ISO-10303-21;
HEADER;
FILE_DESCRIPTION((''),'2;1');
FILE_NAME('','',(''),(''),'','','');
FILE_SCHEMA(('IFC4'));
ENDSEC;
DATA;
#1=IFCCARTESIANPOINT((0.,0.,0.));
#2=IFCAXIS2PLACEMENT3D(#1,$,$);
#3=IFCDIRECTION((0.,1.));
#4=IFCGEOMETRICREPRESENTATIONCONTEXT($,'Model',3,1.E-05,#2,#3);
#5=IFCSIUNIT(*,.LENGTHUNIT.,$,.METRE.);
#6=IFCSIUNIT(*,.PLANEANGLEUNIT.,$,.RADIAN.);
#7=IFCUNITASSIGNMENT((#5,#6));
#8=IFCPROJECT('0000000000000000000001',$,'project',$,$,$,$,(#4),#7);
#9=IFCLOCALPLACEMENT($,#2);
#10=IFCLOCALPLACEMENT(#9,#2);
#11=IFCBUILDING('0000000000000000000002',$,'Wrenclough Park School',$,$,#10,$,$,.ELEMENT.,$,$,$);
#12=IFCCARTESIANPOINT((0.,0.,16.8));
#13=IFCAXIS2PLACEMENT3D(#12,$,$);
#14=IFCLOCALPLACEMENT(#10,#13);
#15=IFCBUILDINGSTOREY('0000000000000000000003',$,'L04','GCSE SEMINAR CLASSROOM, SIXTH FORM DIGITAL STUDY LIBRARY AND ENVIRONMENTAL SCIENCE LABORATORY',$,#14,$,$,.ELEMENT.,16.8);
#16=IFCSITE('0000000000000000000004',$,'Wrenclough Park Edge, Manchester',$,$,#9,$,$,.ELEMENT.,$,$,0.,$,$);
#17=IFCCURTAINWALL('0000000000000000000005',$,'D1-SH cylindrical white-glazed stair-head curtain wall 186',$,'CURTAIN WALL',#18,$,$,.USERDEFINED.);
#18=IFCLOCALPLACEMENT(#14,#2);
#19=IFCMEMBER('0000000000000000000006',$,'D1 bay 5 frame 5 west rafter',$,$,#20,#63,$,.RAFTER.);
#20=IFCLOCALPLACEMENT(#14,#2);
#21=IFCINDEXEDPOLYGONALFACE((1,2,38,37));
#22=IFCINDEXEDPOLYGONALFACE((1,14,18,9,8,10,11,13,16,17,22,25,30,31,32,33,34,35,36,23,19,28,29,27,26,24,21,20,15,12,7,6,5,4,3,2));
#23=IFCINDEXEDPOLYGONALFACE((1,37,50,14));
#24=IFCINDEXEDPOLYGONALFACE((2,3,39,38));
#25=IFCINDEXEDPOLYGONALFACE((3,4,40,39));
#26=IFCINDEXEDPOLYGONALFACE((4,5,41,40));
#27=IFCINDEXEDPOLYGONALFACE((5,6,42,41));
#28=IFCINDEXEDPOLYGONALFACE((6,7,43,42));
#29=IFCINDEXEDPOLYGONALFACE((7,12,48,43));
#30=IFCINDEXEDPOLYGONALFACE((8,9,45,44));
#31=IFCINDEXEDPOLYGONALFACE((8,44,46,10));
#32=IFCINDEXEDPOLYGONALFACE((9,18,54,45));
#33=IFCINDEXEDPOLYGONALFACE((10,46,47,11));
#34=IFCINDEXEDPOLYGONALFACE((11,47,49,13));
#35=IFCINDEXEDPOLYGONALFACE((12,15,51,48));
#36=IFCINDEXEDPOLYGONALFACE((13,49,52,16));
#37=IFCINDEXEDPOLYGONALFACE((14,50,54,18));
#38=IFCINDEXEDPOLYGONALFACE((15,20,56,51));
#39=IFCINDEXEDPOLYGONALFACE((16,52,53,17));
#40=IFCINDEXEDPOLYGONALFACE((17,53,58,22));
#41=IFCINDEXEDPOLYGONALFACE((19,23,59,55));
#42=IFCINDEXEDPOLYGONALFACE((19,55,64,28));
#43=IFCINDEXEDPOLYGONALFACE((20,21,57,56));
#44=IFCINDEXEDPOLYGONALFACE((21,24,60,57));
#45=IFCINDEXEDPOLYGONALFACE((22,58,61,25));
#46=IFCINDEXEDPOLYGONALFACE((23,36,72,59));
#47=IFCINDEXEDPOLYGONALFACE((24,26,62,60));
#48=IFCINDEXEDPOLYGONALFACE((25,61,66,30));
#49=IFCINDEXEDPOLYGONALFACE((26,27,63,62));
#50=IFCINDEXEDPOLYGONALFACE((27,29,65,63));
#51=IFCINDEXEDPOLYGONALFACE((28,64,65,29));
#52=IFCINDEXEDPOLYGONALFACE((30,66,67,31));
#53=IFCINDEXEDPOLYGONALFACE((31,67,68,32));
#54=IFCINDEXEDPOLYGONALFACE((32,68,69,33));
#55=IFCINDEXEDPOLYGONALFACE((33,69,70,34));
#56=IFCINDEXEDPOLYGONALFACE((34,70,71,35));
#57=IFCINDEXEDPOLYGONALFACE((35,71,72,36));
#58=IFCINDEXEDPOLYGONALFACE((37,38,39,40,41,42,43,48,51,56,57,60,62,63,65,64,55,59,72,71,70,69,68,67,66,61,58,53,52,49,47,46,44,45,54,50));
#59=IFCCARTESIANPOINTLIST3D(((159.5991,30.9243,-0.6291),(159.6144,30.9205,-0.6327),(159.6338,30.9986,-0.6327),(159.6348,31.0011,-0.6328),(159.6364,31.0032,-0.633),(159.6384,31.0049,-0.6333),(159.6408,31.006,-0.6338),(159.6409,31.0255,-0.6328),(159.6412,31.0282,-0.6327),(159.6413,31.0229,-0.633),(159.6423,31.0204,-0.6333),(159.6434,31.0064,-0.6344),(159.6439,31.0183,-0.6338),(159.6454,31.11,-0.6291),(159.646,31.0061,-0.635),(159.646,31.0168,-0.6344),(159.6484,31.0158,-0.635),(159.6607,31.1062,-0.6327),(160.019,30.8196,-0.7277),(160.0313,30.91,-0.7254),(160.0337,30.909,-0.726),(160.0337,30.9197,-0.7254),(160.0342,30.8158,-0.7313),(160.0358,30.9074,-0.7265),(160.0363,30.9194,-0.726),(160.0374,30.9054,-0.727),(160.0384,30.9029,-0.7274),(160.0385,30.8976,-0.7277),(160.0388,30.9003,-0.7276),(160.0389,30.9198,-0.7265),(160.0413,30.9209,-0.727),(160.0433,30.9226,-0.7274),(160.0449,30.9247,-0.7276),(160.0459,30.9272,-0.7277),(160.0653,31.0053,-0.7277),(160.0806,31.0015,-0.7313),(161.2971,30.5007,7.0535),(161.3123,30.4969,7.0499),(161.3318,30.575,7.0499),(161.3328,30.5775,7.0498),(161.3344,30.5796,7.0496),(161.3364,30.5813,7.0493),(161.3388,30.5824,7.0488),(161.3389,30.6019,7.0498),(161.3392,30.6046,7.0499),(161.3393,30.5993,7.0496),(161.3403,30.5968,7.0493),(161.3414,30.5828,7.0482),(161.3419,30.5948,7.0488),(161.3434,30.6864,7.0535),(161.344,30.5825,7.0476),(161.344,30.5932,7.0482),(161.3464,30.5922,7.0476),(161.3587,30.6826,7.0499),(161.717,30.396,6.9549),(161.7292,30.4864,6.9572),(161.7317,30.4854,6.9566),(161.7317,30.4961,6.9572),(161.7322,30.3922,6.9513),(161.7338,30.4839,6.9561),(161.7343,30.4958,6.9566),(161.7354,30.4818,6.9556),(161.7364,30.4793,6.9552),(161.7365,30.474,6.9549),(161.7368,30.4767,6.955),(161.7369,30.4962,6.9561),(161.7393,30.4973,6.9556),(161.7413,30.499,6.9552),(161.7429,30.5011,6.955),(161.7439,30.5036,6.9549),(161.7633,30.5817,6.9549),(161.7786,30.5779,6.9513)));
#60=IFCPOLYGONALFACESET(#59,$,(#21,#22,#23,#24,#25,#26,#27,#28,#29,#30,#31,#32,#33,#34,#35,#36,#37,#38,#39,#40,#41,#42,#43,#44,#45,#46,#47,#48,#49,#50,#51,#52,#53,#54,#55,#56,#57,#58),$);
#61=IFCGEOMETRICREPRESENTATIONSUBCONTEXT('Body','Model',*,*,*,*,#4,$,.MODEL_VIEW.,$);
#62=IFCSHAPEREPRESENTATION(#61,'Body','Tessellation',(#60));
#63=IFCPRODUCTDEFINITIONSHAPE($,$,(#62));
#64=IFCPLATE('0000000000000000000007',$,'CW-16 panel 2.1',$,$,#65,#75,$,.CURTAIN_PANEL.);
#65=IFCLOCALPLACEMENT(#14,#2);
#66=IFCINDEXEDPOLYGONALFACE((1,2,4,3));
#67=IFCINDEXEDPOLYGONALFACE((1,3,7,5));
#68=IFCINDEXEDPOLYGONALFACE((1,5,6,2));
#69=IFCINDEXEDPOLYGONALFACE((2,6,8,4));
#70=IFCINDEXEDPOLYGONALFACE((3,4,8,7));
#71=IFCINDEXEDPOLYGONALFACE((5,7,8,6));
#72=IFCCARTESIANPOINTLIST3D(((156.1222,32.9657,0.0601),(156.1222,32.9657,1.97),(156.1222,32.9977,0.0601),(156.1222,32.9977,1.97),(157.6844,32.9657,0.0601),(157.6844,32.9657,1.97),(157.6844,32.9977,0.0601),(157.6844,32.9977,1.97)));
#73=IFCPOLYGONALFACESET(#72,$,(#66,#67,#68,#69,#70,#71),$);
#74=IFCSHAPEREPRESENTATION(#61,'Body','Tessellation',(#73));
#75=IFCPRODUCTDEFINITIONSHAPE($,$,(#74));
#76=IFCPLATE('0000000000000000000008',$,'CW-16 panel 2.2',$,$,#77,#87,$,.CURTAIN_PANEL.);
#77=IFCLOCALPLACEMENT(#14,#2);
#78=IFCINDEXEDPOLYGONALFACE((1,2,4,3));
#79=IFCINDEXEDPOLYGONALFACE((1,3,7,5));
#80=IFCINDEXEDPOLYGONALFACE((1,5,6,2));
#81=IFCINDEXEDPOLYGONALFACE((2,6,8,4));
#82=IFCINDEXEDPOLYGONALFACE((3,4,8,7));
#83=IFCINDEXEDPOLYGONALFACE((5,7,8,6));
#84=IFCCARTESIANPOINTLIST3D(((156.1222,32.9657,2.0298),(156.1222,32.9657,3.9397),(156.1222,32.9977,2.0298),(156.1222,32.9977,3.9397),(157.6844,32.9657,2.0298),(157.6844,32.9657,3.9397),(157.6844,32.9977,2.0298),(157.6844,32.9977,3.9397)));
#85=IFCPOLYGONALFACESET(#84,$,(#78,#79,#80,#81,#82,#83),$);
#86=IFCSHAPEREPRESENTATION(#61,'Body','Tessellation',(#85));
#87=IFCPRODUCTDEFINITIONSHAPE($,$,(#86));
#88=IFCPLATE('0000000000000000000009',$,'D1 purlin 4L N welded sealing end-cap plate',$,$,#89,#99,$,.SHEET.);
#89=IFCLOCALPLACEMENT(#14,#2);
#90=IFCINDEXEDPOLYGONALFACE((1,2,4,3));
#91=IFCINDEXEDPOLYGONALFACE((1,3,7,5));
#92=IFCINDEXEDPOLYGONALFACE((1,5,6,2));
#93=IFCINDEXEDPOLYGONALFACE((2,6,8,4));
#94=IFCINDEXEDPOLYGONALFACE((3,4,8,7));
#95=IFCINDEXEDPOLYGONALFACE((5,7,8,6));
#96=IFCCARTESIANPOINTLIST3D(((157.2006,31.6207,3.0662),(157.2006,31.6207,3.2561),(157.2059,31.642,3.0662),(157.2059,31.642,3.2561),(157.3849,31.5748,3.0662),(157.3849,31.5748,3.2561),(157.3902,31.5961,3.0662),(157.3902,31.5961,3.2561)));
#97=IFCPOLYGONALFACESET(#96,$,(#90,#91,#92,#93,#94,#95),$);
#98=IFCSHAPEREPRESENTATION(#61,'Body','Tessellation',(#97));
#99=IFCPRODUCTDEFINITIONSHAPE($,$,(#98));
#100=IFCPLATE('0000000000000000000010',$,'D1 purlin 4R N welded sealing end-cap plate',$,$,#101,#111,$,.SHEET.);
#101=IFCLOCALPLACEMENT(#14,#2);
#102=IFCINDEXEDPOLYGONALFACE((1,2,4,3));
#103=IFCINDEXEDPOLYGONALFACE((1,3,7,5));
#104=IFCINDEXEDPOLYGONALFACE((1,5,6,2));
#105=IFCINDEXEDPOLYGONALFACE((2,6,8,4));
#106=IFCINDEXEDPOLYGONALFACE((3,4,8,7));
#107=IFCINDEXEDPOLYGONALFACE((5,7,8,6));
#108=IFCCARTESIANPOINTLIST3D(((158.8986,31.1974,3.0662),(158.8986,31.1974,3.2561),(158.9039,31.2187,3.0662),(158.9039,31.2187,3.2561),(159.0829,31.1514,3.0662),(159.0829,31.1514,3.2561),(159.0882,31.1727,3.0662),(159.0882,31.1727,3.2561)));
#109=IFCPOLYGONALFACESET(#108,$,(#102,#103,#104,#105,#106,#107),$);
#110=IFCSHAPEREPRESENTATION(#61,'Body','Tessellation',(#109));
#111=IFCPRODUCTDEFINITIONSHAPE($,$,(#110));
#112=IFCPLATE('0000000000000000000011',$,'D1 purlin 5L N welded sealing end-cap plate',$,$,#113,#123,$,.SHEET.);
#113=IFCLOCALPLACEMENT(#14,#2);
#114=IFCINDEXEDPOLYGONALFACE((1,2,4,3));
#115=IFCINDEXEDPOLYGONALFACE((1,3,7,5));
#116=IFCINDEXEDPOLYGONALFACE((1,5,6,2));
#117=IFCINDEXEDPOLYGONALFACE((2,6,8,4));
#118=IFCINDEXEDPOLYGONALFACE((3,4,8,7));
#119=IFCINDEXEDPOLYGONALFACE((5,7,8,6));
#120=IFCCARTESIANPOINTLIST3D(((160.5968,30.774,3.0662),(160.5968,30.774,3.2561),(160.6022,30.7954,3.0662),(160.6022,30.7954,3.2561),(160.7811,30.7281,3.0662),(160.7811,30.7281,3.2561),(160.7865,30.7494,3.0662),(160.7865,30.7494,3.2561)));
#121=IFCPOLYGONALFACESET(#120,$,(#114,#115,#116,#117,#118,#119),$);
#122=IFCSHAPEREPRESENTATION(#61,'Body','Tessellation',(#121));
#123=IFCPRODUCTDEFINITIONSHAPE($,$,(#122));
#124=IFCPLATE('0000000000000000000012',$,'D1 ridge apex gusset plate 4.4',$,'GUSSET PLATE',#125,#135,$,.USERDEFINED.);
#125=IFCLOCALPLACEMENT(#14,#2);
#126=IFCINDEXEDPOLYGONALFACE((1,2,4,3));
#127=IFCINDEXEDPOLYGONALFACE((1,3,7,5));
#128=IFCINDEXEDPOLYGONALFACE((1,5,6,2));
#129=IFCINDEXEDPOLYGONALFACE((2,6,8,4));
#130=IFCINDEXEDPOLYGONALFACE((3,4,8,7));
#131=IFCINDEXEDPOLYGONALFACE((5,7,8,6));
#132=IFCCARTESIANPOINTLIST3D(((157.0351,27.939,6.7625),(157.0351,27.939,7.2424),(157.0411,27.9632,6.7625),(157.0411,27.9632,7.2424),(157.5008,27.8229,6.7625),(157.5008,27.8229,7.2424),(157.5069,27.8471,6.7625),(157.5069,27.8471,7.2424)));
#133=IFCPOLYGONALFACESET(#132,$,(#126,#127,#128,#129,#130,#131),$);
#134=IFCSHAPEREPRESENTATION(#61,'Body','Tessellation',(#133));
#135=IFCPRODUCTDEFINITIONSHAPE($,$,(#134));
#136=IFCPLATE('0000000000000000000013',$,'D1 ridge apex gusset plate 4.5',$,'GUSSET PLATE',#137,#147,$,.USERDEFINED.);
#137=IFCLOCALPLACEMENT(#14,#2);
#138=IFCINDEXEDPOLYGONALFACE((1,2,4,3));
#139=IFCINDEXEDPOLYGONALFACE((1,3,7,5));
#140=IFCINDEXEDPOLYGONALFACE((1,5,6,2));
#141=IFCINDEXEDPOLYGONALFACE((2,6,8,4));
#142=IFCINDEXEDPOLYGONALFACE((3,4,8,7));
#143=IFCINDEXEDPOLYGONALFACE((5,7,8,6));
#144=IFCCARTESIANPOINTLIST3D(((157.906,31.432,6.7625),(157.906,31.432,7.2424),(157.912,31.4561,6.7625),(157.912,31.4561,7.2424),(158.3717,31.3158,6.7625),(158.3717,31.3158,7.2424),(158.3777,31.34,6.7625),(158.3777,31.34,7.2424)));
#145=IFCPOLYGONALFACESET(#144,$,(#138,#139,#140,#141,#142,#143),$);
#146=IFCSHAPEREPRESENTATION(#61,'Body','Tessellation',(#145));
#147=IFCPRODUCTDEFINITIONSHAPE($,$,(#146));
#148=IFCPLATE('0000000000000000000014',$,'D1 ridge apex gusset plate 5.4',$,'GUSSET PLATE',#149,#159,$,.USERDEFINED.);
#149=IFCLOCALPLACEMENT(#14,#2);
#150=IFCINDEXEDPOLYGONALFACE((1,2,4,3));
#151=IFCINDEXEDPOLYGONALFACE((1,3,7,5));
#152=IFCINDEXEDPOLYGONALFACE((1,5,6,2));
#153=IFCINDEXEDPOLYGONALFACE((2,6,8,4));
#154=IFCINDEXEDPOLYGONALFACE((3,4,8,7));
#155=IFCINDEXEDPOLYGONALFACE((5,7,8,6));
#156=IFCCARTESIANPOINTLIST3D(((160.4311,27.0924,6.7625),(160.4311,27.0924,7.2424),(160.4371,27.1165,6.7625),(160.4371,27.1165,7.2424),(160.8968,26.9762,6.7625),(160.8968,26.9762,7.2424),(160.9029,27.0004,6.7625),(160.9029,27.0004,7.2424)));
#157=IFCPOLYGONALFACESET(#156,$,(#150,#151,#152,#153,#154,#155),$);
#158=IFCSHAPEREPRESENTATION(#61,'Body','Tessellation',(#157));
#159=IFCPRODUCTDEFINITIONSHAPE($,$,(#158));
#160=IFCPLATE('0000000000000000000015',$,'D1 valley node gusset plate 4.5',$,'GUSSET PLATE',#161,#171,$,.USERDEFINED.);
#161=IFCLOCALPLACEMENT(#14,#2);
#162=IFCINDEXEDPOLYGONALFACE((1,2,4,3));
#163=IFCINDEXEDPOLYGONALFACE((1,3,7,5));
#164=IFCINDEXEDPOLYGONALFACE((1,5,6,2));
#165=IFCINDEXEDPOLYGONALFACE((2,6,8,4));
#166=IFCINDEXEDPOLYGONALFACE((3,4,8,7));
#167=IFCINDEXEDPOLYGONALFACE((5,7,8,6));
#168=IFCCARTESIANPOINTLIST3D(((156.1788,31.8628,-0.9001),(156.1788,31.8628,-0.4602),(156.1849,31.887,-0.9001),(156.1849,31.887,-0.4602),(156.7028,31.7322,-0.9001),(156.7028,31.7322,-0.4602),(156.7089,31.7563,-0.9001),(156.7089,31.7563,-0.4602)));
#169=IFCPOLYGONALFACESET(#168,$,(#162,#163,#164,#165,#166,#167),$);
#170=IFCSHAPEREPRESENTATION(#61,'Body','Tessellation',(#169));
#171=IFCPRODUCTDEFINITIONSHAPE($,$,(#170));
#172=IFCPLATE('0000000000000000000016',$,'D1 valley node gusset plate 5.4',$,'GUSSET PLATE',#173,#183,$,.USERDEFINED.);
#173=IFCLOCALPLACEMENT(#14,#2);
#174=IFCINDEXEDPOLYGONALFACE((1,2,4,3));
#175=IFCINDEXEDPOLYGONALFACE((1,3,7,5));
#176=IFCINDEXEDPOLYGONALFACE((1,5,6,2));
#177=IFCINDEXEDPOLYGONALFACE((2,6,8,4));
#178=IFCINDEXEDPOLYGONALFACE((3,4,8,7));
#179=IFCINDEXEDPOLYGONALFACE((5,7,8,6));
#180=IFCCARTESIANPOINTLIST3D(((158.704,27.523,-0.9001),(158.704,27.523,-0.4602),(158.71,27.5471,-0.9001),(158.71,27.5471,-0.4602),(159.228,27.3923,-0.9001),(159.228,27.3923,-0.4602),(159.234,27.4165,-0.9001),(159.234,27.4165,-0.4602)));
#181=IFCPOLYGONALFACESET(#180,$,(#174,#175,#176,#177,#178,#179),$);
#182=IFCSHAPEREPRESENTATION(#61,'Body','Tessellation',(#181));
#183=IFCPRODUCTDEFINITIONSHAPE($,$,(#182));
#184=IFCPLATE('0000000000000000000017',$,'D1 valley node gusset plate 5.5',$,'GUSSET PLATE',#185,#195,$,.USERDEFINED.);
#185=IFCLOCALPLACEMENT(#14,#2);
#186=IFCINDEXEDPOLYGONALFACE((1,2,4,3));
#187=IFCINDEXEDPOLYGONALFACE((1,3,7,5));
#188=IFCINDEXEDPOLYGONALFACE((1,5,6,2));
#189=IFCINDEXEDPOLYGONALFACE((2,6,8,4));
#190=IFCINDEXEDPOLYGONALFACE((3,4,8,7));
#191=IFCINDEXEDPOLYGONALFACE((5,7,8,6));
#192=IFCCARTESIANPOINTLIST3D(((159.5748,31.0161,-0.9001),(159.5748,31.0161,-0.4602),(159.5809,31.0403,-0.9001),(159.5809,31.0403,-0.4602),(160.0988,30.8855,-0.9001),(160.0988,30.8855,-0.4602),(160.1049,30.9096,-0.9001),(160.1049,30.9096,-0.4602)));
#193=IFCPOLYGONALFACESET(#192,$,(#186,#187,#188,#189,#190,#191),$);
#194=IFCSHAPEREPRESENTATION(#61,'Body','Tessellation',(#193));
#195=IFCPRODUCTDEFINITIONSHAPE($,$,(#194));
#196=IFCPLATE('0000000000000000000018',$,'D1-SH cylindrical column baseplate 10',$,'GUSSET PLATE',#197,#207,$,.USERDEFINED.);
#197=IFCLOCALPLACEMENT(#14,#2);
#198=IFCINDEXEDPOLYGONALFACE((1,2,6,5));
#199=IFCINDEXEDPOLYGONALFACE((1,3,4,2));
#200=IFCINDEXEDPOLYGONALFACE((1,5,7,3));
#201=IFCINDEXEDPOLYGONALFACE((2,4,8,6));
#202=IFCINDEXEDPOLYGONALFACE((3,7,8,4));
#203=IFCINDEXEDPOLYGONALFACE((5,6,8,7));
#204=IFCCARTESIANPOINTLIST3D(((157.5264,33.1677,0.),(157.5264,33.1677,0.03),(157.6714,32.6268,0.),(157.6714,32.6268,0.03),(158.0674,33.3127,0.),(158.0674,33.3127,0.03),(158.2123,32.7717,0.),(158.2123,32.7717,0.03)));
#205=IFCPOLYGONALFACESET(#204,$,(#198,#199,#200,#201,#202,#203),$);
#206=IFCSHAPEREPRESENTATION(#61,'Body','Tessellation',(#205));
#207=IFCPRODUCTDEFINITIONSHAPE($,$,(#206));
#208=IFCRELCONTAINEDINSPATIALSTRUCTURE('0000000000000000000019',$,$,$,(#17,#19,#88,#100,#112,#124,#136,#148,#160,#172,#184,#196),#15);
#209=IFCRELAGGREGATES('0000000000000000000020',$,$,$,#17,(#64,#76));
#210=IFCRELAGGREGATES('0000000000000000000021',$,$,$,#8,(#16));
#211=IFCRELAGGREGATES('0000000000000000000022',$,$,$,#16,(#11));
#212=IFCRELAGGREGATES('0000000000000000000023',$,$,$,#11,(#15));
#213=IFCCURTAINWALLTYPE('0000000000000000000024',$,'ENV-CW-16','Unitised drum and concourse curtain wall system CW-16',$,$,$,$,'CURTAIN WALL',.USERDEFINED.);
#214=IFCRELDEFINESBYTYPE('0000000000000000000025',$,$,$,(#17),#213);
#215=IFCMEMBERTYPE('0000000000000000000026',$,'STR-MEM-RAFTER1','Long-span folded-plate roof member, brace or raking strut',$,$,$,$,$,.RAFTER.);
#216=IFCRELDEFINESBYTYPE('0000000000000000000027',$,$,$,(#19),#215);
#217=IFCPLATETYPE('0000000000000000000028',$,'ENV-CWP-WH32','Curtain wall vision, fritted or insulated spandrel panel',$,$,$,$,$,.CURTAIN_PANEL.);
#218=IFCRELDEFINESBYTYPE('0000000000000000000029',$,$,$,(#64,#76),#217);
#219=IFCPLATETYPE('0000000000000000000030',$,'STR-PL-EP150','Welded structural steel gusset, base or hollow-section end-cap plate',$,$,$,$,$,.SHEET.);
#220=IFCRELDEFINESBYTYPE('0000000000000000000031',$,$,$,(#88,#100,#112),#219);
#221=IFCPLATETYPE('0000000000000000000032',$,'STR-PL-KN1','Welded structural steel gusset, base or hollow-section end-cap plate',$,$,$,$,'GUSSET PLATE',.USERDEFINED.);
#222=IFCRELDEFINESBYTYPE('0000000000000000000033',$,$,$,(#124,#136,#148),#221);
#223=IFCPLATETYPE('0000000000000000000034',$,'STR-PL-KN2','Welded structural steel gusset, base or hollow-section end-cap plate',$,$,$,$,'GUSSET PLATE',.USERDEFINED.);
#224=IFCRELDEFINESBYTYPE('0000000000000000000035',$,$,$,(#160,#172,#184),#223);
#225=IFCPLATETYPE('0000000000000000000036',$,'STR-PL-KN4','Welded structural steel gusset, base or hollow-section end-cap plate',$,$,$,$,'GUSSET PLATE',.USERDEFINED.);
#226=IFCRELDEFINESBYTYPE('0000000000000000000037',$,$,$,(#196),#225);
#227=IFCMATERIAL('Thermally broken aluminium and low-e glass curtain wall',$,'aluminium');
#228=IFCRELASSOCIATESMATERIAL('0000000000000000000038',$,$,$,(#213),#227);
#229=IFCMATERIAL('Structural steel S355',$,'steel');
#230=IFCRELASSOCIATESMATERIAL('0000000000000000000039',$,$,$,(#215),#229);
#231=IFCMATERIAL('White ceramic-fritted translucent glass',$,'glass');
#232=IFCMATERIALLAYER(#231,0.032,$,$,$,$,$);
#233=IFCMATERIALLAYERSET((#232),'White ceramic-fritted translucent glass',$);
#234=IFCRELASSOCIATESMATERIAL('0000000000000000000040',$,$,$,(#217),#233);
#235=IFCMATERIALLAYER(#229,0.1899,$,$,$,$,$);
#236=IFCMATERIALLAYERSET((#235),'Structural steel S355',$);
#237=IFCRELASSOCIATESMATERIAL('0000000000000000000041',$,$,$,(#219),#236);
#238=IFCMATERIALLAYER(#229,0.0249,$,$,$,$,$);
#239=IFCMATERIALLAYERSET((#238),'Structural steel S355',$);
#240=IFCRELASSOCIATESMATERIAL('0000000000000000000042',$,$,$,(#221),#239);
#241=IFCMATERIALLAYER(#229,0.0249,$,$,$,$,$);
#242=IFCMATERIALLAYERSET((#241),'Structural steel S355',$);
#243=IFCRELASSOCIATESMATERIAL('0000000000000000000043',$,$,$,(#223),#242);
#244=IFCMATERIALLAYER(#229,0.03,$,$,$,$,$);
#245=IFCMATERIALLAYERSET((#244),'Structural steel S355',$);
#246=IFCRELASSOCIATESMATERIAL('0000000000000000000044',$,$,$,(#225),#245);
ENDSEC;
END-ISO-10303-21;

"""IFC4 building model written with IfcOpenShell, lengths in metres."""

from ifc_helpers import new_model, si_unit, direction, frame, origin, origin_2d, place, context, subcontext, project, spatial, rectangle, i_section, extrude, material, layer, layer_set, material_profile, profile_set, type_object, element, aggregate, save


model = new_model("IFC4")

# Units and contexts
model_context = context("Model", 3, precision=1e-05, world=origin(), true_north=direction((0.0, 1.0)))
body_context = subcontext(model_context, "Body", "Model", "MODEL_VIEW")
ifc_project = project(units=[si_unit("LENGTHUNIT", "METRE"), si_unit("PLANEANGLEUNIT", "RADIAN")], contexts=[model_context])

# Site, building, storey
site_placement = place(None, origin())
site = spatial("IfcSite", under=ifc_project, at=site_placement, Name="Wrenclough Park Edge, Manchester", CompositionType="ELEMENT", RefElevation=0.0)
building_placement = place(site_placement, origin())
building = spatial("IfcBuilding", under=site, at=building_placement, Name="Wrenclough Park School", CompositionType="ELEMENT")
storey_placement = place(building_placement, frame((0.0, 0.0, 16.8)))
storey = spatial("IfcBuildingStorey", under=building, at=storey_placement, Name="L04", Description="GCSE SEMINAR CLASSROOM, SIXTH FORM DIGITAL STUDY LIBRARY AND ENVIRONMENTAL SCIENCE LABORATORY", CompositionType="ELEMENT", Elevation=16.8)

# Shared definitions
ifc_material_1 = material(Name="Structural steel S355", Category="steel")

# Curtain wall
ifc_material_2 = material(Name="Thermally broken aluminium and low-e glass curtain wall", Category="aluminium")
curtain_wall_type = type_object("IfcCurtainWallType", Name="ENV-CW-16", Description="Unitised drum and concourse curtain wall system CW-16", ElementType="CURTAIN WALL", PredefinedType="USERDEFINED", material=ifc_material_2)
curtain_wall_placement = place(storey_placement, origin())
curtain_wall = element("IfcCurtainWall", 1, at=curtain_wall_placement, inside=storey, type_object=curtain_wall_type, Name="D1-SH cylindrical white-glazed stair-head curtain wall 186", ObjectType="CURTAIN WALL", PredefinedType="USERDEFINED")

# Member
ifc_material_profile_1 = material_profile(ifc_material_1, i_section(OverallWidth=0.1914, OverallDepth=0.46, WebThickness=0.01, FlangeThickness=0.0161, FilletRadius=0.0103, at=origin_2d()), Name="UKB 457x191x82")
ifc_profile_set_1 = profile_set([ifc_material_profile_1], Name="Structural steel S355")
member_type_1 = type_object("IfcMemberType", Name="STR-MEM-RAFTER1", Description="Long-span folded-plate roof member, brace or raking strut", PredefinedType="RAFTER", material=ifc_profile_set_1)
for number, where, z_axis, x_axis, name in (
    (2, (159.8398, 30.9629, -0.6802), (0.215498, -0.053758, 0.975023), (0.242043, 0.970265, 0.0), "D1 bay 5 frame 5 west rafter"),
):
    element("IfcMember", number, at=place(storey_placement, frame(where, z_axis=z_axis, x_axis=x_axis)), inside=storey, type_object=member_type_1, Name=name, PredefinedType="RAFTER", context=body_context, shape_type="SweptSolid", body=[
        extrude(i_section(OverallWidth=0.1914, OverallDepth=0.46, WebThickness=0.01, FlangeThickness=0.0161, FilletRadius=0.0103, at=origin_2d()), origin(), (0.0, 0.0, 1.0), 7.8794),
    ])

# Plates
ifc_material_3 = material(Name="White ceramic-fritted translucent glass", Category="glass")
ifc_layer_1 = layer(ifc_material_3, 0.032)
ifc_layer_set_1 = layer_set([ifc_layer_1], Name="White ceramic-fritted translucent glass")
plate_type_1 = type_object("IfcPlateType", Name="ENV-CWP-WH32", Description="Curtain wall vision, fritted or insulated spandrel panel", PredefinedType="CURTAIN_PANEL", material=ifc_layer_set_1)
plate_1_placement = place(storey_placement, frame((156.9033, 32.9817, 0.0601), z_axis=(0.0, 0.0, 1.0), x_axis=(1.0, 0.0, 0.0)))
plate_1 = element("IfcPlate", 3, at=plate_1_placement, type_object=plate_type_1, Name="CW-16 panel 2.1", PredefinedType="CURTAIN_PANEL", context=body_context, shape_type="SweptSolid", body=[
    extrude(rectangle(XDim=1.5623, YDim=0.032, at=origin_2d()), origin(), (0.0, 0.0, 1.0), 1.9099),
])
plate_2_placement = place(storey_placement, frame((156.9033, 32.9817, 2.0298), z_axis=(0.0, 0.0, 1.0), x_axis=(1.0, 0.0, 0.0)))
plate_2 = element("IfcPlate", 4, at=plate_2_placement, type_object=plate_type_1, Name="CW-16 panel 2.2", PredefinedType="CURTAIN_PANEL", context=body_context, shape_type="SweptSolid", body=[
    extrude(rectangle(XDim=1.5623, YDim=0.032, at=origin_2d()), origin(), (0.0, 0.0, 1.0), 1.9099),
])
aggregate(curtain_wall, [plate_1, plate_2])

# Plates
ifc_layer_2 = layer(ifc_material_1, 0.1899)
ifc_layer_set_2 = layer_set([ifc_layer_2], Name="Structural steel S355")
plate_type_2 = type_object("IfcPlateType", Name="STR-PL-EP150", Description="Welded structural steel gusset, base or hollow-section end-cap plate", PredefinedType="SHEET", material=ifc_layer_set_2)
for number, where, z_axis, x_axis, name in (
    (5, (157.2954, 31.6084, 3.0662), (0.0, 0.0, 1.0), (0.241922, 0.970296, 0.0), "D1 purlin 4L N welded sealing end-cap plate"),
    (6, (158.9934, 31.1851, 3.0662), (0.0, 0.0, 1.0), (0.241922, 0.970296, 0.0), "D1 purlin 4R N welded sealing end-cap plate"),
    (7, (160.6917, 30.7617, 3.0662), (0.0, 0.0, 1.0), (0.241922, 0.970296, 0.0), "D1 purlin 5L N welded sealing end-cap plate"),
):
    element("IfcPlate", number, at=place(storey_placement, frame(where, z_axis=z_axis, x_axis=x_axis)), inside=storey, type_object=plate_type_2, Name=name, PredefinedType="SHEET", context=body_context, shape_type="SweptSolid", body=[
        extrude(rectangle(XDim=0.022, YDim=0.1899, at=origin_2d()), origin(), (0.0, 0.0, 1.0), 0.1899),
    ])
ifc_layer_3 = layer(ifc_material_1, 0.0249)
ifc_layer_set_3 = layer_set([ifc_layer_3], Name="Structural steel S355")
plate_type_3 = type_object("IfcPlateType", Name="STR-PL-KN1", Description="Welded structural steel gusset, base or hollow-section end-cap plate", ElementType="GUSSET PLATE", PredefinedType="USERDEFINED", material=ifc_layer_set_3)
for number, where, z_axis, x_axis, name in (
    (8, (157.271, 27.8931, 6.7625), (0.0, 0.0, 1.0), (0.970296, -0.241922, 0.0), "D1 ridge apex gusset plate 4.4"),
    (9, (158.1418, 31.386, 6.7625), (0.0, 0.0, 1.0), (0.970296, -0.241922, 0.0), "D1 ridge apex gusset plate 4.5"),
    (10, (160.667, 27.0464, 6.7625), (0.0, 0.0, 1.0), (0.970296, -0.241922, 0.0), "D1 ridge apex gusset plate 5.4"),
):
    element("IfcPlate", number, at=place(storey_placement, frame(where, z_axis=z_axis, x_axis=x_axis)), inside=storey, type_object=plate_type_3, Name=name, ObjectType="GUSSET PLATE", PredefinedType="USERDEFINED", context=body_context, shape_type="SweptSolid", body=[
        extrude(rectangle(XDim=0.48, YDim=0.0249, at=origin_2d()), origin(), (0.0, 0.0, 1.0), 0.48),
    ])
ifc_layer_4 = layer(ifc_material_1, 0.0249)
ifc_layer_set_4 = layer_set([ifc_layer_4], Name="Structural steel S355")
plate_type_4 = type_object("IfcPlateType", Name="STR-PL-KN2", Description="Welded structural steel gusset, base or hollow-section end-cap plate", ElementType="GUSSET PLATE", PredefinedType="USERDEFINED", material=ifc_layer_set_4)
for number, where, z_axis, x_axis, name in (
    (11, (156.4438, 31.8096, -0.9001), (0.0, 0.0, 1.0), (0.970296, -0.241922, 0.0), "D1 valley node gusset plate 4.5"),
    (12, (158.969, 27.4697, -0.9001), (0.0, 0.0, 1.0), (0.970296, -0.241922, 0.0), "D1 valley node gusset plate 5.4"),
    (13, (159.8398, 30.9629, -0.9001), (0.0, 0.0, 1.0), (0.970296, -0.241922, 0.0), "D1 valley node gusset plate 5.5"),
):
    element("IfcPlate", number, at=place(storey_placement, frame(where, z_axis=z_axis, x_axis=x_axis)), inside=storey, type_object=plate_type_4, Name=name, ObjectType="GUSSET PLATE", PredefinedType="USERDEFINED", context=body_context, shape_type="SweptSolid", body=[
        extrude(rectangle(XDim=0.54, YDim=0.0249, at=origin_2d()), origin(), (0.0, 0.0, 1.0), 0.4399),
    ])
ifc_layer_5 = layer(ifc_material_1, 0.03)
ifc_layer_set_5 = layer_set([ifc_layer_5], Name="Structural steel S355")
plate_type_5 = type_object("IfcPlateType", Name="STR-PL-KN4", Description="Welded structural steel gusset, base or hollow-section end-cap plate", ElementType="GUSSET PLATE", PredefinedType="USERDEFINED", material=ifc_layer_set_5)
plate_3_placement = place(storey_placement, frame((157.8694, 32.9697, 0.0), z_axis=(0.0, 0.0, 1.0), x_axis=(0.965926, 0.258819, 0.0)))
element("IfcPlate", 14, at=plate_3_placement, inside=storey, type_object=plate_type_5, Name="D1-SH cylindrical column baseplate 10", ObjectType="GUSSET PLATE", PredefinedType="USERDEFINED", context=body_context, shape_type="SweptSolid", body=[
    extrude(rectangle(XDim=0.5601, YDim=0.5601, at=origin_2d()), origin(), (0.0, 0.0, 1.0), 0.03),
])

save(model, "model.ifc")
